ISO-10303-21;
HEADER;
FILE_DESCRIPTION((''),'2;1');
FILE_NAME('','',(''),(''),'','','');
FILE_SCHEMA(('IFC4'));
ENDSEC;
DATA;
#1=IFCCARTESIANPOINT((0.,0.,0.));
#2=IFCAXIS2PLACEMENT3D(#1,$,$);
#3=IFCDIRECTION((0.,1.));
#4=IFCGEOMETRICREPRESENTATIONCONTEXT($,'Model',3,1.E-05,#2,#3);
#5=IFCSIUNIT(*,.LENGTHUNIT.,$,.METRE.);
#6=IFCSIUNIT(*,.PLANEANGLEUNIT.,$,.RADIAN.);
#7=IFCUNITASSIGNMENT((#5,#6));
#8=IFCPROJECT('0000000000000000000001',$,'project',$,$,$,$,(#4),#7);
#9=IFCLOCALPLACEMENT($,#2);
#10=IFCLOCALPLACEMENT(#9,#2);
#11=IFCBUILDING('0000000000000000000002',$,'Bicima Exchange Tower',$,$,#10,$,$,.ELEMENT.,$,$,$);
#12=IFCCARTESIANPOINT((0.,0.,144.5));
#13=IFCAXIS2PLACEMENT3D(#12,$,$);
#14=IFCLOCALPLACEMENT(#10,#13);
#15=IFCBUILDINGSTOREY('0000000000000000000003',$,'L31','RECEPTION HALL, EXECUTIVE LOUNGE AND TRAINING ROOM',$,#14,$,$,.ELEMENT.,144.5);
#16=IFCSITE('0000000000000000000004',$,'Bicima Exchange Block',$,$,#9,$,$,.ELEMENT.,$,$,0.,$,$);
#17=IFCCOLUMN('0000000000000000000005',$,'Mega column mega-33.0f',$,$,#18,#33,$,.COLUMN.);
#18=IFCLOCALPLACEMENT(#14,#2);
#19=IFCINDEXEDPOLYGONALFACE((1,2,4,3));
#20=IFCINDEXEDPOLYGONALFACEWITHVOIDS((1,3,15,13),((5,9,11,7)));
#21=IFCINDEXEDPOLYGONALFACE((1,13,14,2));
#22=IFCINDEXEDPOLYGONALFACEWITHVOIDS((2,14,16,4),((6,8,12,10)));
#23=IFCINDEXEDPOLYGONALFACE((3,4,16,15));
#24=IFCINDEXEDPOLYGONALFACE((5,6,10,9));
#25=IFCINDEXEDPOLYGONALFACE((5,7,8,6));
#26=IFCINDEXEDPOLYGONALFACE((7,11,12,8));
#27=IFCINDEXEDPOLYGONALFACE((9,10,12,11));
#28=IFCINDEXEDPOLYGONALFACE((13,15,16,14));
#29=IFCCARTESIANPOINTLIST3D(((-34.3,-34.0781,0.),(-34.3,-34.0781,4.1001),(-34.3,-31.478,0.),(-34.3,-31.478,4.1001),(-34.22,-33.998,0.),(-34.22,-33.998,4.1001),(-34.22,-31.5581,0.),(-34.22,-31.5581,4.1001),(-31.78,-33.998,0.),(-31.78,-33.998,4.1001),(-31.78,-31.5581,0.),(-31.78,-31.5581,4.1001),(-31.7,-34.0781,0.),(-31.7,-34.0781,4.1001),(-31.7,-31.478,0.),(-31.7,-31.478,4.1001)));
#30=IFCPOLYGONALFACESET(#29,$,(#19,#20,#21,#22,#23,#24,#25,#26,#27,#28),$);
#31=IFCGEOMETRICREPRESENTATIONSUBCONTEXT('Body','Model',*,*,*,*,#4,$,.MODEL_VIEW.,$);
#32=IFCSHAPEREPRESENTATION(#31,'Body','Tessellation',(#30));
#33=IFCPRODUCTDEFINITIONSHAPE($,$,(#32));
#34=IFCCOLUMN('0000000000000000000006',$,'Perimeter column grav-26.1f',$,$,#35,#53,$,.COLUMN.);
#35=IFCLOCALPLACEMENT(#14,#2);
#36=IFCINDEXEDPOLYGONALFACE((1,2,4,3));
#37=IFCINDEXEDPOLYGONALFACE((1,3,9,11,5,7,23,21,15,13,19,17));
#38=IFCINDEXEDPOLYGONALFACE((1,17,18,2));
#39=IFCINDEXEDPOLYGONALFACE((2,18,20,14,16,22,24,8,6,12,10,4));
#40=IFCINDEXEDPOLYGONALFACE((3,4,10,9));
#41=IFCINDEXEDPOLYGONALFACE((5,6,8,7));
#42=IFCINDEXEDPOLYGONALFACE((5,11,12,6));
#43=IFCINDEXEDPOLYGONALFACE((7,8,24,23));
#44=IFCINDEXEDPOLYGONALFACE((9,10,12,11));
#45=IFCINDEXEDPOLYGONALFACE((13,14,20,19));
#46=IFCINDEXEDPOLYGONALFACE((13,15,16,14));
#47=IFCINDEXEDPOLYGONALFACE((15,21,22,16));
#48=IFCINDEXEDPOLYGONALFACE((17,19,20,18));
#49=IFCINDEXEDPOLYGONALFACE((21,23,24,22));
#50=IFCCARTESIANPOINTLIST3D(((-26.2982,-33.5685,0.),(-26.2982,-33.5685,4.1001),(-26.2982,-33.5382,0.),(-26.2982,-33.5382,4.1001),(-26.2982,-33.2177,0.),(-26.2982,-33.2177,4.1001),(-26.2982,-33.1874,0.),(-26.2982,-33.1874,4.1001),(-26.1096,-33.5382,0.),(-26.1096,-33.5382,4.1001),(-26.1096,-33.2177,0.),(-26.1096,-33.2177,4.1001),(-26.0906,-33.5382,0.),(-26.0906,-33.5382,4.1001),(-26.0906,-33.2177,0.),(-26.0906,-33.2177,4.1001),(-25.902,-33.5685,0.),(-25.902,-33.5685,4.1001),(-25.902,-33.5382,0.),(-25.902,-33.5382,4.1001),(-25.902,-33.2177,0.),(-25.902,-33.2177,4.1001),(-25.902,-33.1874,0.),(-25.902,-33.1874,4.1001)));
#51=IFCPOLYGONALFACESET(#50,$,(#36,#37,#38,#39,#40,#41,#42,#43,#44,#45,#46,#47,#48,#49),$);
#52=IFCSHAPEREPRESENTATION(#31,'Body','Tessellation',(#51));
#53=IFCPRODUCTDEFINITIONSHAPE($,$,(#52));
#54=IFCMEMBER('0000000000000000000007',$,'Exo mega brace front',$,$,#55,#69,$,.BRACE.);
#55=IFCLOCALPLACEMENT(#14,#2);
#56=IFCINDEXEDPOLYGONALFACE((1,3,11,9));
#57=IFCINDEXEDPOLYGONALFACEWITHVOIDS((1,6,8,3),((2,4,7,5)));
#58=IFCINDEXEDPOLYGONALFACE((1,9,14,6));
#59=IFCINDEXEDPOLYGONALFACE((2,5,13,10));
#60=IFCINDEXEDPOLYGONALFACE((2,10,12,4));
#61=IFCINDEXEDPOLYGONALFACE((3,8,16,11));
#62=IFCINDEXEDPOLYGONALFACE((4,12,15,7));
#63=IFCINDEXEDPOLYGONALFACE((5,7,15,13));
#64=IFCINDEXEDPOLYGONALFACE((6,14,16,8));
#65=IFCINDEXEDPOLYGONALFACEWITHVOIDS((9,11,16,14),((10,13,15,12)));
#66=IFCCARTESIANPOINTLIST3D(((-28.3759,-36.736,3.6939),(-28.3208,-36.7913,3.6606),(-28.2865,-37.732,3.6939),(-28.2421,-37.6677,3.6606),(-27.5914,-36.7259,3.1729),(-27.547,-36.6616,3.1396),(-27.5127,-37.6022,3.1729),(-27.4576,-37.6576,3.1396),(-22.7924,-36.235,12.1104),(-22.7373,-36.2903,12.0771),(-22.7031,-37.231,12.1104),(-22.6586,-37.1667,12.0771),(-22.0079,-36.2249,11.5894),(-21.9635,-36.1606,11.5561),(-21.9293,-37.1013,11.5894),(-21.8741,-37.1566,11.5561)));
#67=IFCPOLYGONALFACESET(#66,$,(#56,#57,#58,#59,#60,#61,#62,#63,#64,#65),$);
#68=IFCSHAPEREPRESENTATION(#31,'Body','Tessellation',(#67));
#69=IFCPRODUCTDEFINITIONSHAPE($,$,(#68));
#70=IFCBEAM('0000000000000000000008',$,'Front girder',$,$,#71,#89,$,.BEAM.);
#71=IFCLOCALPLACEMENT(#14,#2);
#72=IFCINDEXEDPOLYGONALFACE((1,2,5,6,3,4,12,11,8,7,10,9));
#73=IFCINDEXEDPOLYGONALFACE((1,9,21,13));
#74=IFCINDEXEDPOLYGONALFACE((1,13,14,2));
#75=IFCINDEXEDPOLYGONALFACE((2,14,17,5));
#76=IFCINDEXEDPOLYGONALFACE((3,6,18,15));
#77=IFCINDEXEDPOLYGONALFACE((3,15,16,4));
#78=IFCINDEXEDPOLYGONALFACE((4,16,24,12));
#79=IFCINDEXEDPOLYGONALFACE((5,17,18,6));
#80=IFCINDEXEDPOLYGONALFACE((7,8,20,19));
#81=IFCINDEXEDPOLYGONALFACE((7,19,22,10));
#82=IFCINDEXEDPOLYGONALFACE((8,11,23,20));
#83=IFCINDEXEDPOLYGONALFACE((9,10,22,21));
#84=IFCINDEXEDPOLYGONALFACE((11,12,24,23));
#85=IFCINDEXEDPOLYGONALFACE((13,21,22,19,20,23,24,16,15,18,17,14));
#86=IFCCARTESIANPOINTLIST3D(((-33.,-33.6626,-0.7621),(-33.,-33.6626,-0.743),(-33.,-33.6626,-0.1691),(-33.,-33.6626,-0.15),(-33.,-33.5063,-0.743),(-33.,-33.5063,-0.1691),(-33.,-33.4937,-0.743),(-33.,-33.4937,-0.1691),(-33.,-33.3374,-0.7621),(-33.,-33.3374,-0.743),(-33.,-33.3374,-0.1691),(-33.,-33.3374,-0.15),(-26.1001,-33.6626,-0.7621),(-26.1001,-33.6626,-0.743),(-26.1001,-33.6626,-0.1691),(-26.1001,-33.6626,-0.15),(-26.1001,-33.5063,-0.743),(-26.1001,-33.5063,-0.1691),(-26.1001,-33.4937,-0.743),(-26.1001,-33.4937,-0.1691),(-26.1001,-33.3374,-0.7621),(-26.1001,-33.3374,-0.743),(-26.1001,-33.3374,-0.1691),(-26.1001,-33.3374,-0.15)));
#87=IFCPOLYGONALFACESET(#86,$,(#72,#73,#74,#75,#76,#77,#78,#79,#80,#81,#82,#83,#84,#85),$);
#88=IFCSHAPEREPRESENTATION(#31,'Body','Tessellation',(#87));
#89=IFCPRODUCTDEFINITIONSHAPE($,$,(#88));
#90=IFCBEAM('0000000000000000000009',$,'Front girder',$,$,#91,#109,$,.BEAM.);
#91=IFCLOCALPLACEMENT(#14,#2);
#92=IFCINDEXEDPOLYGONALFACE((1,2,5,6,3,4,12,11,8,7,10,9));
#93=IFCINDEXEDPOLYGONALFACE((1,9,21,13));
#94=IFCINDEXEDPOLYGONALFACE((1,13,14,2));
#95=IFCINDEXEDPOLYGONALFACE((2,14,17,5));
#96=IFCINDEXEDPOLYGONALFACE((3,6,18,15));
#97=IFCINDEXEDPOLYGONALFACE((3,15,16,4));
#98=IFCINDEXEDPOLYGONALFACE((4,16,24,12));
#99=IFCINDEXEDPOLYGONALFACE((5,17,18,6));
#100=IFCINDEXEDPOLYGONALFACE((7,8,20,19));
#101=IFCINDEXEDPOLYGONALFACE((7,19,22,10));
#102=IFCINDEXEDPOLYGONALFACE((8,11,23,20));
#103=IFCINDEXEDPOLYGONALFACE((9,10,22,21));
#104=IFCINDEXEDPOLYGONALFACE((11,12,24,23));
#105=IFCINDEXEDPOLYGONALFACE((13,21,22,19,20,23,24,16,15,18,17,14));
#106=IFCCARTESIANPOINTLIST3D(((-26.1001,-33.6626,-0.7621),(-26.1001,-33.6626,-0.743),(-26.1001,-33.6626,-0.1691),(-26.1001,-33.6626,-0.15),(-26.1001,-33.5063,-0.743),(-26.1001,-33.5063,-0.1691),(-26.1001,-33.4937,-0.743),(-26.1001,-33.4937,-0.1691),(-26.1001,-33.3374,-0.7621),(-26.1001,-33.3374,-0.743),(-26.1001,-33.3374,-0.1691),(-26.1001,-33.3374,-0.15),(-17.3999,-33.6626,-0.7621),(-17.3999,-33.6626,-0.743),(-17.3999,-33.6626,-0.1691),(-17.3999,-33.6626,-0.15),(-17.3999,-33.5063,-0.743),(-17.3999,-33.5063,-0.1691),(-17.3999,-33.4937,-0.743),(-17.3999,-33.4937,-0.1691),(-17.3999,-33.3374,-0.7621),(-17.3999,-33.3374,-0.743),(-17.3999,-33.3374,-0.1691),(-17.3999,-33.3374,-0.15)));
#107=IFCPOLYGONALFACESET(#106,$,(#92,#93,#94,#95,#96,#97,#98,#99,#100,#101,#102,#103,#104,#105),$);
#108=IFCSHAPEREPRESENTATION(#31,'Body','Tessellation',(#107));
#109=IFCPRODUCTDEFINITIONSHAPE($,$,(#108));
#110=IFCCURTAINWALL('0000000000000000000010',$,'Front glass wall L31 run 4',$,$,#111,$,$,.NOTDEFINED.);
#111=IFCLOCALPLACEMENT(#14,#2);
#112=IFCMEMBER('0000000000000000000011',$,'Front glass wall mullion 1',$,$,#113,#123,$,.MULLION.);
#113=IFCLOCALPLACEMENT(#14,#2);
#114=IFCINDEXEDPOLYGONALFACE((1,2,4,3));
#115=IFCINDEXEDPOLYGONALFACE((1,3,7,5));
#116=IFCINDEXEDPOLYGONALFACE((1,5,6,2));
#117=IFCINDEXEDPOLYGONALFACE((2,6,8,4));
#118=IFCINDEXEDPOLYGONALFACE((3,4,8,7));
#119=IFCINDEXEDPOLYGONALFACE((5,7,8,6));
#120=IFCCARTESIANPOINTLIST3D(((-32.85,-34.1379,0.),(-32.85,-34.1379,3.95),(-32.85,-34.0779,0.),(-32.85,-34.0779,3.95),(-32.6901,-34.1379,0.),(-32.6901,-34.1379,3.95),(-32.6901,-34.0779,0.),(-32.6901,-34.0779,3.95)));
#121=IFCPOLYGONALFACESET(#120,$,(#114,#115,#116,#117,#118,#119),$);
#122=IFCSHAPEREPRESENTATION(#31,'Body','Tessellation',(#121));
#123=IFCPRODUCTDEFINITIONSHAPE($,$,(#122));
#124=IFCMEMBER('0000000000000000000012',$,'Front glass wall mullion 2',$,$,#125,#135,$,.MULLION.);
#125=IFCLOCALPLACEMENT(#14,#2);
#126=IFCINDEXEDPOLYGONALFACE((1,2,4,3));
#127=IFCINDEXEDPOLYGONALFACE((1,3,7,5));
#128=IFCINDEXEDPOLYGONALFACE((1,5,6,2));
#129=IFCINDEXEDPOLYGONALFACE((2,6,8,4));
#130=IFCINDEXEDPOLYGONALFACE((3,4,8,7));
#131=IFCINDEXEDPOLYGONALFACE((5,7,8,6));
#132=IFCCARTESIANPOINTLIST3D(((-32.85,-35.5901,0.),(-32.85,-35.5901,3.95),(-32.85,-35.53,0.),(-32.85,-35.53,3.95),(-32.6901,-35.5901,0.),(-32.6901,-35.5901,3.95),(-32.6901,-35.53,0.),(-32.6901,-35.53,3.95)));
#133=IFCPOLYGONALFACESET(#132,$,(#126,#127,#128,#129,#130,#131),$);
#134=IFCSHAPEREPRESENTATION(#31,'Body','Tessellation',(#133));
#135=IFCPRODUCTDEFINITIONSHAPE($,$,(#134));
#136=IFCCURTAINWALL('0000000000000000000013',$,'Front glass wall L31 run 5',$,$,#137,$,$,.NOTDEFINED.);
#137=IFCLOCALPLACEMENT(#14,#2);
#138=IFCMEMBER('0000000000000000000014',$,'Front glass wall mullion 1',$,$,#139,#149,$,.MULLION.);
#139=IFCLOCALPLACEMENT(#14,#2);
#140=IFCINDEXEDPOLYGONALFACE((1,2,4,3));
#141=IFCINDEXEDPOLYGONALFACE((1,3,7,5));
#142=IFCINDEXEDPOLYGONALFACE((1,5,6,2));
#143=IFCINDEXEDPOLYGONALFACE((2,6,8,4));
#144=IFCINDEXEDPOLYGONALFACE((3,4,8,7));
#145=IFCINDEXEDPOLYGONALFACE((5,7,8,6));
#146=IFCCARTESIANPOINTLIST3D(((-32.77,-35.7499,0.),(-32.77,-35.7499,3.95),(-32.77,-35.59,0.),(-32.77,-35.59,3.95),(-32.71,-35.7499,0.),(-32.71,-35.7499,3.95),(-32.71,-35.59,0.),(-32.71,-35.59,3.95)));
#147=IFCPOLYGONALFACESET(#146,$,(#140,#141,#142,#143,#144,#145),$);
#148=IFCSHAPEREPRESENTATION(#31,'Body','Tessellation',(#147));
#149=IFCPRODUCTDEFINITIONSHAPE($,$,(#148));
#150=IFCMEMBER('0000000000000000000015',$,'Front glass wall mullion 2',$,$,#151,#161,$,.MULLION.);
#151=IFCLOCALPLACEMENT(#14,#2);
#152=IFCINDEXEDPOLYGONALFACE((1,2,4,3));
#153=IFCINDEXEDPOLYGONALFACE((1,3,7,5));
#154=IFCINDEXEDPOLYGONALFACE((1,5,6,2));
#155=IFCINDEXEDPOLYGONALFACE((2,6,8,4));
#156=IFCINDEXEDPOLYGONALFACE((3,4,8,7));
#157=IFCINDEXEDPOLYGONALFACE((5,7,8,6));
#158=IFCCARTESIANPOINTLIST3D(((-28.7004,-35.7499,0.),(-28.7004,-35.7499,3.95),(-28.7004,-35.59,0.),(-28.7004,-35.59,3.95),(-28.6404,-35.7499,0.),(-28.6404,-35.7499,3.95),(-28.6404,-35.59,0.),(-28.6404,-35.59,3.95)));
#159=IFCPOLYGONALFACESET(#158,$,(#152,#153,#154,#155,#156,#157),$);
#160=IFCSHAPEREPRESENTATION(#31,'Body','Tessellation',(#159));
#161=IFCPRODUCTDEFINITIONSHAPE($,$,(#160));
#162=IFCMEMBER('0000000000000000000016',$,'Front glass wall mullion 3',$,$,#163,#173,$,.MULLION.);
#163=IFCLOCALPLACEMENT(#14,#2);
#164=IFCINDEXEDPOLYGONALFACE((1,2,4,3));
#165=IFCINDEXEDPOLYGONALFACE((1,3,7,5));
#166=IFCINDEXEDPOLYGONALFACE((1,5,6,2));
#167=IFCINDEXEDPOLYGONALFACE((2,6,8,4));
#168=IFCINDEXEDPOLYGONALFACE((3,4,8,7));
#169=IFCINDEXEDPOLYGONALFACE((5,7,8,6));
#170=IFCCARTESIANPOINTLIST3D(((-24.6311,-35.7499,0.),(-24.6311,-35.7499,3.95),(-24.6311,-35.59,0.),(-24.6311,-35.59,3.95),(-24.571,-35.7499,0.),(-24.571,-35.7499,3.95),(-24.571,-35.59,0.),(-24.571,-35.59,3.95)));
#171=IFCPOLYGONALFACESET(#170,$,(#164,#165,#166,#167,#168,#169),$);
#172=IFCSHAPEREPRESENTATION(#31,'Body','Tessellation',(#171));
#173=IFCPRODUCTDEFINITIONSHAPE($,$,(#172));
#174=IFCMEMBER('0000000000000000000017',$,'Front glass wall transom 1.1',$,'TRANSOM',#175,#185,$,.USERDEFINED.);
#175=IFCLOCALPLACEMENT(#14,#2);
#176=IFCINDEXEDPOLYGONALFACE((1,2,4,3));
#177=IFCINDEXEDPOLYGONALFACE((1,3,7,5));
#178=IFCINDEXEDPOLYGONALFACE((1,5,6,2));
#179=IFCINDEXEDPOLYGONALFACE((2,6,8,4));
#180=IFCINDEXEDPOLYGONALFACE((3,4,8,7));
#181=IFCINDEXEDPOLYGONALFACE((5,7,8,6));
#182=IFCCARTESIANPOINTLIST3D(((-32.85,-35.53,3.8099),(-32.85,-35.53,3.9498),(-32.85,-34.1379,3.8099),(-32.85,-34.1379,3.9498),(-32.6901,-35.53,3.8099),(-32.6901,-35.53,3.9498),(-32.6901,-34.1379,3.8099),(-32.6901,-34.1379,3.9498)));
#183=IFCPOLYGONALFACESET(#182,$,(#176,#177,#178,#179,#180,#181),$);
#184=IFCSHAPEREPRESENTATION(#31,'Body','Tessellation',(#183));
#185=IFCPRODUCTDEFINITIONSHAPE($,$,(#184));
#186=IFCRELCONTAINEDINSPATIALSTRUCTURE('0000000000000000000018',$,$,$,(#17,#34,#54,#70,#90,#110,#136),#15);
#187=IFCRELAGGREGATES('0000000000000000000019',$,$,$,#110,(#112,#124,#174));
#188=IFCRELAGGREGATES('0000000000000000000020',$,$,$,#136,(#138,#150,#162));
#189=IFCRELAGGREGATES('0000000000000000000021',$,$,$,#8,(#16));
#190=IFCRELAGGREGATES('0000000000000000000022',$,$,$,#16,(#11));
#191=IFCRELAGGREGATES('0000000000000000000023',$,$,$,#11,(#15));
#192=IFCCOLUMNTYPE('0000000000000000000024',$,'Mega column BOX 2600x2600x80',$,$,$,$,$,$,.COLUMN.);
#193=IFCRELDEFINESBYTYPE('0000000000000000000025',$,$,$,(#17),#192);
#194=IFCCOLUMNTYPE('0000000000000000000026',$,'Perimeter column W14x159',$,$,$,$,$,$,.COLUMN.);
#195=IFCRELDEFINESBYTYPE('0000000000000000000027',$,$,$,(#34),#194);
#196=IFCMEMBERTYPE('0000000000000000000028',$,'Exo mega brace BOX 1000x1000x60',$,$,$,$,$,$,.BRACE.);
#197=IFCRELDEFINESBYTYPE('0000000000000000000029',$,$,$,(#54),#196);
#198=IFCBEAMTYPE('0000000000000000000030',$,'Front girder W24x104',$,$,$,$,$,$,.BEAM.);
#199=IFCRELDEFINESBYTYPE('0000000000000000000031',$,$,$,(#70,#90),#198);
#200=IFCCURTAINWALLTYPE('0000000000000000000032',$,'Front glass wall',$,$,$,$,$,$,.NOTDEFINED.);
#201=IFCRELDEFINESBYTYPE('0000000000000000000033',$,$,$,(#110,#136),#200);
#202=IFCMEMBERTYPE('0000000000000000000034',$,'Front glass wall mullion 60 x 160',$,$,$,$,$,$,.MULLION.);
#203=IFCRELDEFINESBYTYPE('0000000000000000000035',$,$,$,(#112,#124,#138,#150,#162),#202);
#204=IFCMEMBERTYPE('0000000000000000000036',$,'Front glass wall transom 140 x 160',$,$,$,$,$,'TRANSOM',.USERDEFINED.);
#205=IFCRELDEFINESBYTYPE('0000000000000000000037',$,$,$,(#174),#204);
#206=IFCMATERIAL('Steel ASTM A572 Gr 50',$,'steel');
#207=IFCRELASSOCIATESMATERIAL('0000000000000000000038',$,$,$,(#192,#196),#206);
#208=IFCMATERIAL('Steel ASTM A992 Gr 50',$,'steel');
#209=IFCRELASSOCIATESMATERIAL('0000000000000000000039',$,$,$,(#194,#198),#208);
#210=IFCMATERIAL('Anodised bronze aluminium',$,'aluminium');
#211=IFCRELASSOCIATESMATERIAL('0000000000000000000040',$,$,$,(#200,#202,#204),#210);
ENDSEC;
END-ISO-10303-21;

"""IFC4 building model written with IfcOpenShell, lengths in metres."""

from ifc_helpers import new_model, si_unit, direction, frame, origin, origin_2d, place, context, subcontext, project, spatial, rectangle, hollow_rectangle, i_section, extrude, material, material_profile, profile_set, type_object, element, aggregate, save


model = new_model("IFC4")

# Units and contexts
model_context = context("Model", 3, precision=1e-05, world=origin(), true_north=direction((0.0, 1.0)))
body_context = subcontext(model_context, "Body", "Model", "MODEL_VIEW")
ifc_project = project(units=[si_unit("LENGTHUNIT", "METRE"), si_unit("PLANEANGLEUNIT", "RADIAN")], contexts=[model_context])

# Site, building, storey
site_placement = place(None, origin())
site = spatial("IfcSite", under=ifc_project, at=site_placement, Name="Bicima Exchange Block", CompositionType="ELEMENT", RefElevation=0.0)
building_placement = place(site_placement, origin())
building = spatial("IfcBuilding", under=site, at=building_placement, Name="Bicima Exchange Tower", CompositionType="ELEMENT")
storey_placement = place(building_placement, frame((0.0, 0.0, 144.5)))
storey = spatial("IfcBuildingStorey", under=building, at=storey_placement, Name="L31", Description="RECEPTION HALL, EXECUTIVE LOUNGE AND TRAINING ROOM", CompositionType="ELEMENT", Elevation=144.5)

# Columns
ifc_material_1 = material(Name="Steel ASTM A572 Gr 50", Category="steel")
ifc_material_profile_1 = material_profile(ifc_material_1, hollow_rectangle(XDim=2.6001, YDim=2.6001, WallThickness=0.0801, at=origin_2d()))
ifc_profile_set_1 = profile_set([ifc_material_profile_1], Name="Steel ASTM A572 Gr 50")
column_type_1 = type_object("IfcColumnType", Name="Mega column BOX 2600x2600x80", PredefinedType="COLUMN", material=ifc_profile_set_1)
column_1_placement = place(storey_placement, frame((-33.0, -32.7781, 0.0), z_axis=(0.0, 0.0, 1.0), x_axis=(1.0, 0.0, 0.0)))
element("IfcColumn", 1, at=column_1_placement, inside=storey, type_object=column_type_1, Name="Mega column mega-33.0f", PredefinedType="COLUMN", context=body_context, shape_type="SweptSolid", body=[
    extrude(hollow_rectangle(XDim=2.6001, YDim=2.6001, WallThickness=0.0801, at=origin_2d()), origin(), (0.0, 0.0, 1.0), 4.1001),
])
ifc_material_2 = material(Name="Steel ASTM A992 Gr 50", Category="steel")
ifc_material_profile_2 = material_profile(ifc_material_2, i_section(OverallWidth=0.3962, OverallDepth=0.3811, WebThickness=0.019, FlangeThickness=0.0303, at=origin_2d()))
ifc_profile_set_2 = profile_set([ifc_material_profile_2], Name="Steel ASTM A992 Gr 50")
column_type_2 = type_object("IfcColumnType", Name="Perimeter column W14x159", PredefinedType="COLUMN", material=ifc_profile_set_2)
column_2_placement = place(storey_placement, frame((-26.1001, -33.3779, 0.0), z_axis=(0.0, 0.0, 1.0), x_axis=(1.0, 0.0, 0.0)))
element("IfcColumn", 2, at=column_2_placement, inside=storey, type_object=column_type_2, Name="Perimeter column grav-26.1f", PredefinedType="COLUMN", context=body_context, shape_type="SweptSolid", body=[
    extrude(i_section(OverallWidth=0.3962, OverallDepth=0.3811, WebThickness=0.019, FlangeThickness=0.0303, at=origin_2d()), origin(), (0.0, 0.0, 1.0), 4.1001),
])

# Member
ifc_material_profile_3 = material_profile(ifc_material_1, hollow_rectangle(XDim=1.0, YDim=1.0, WallThickness=0.0601, at=origin_2d()))
ifc_profile_set_3 = profile_set([ifc_material_profile_3], Name="Steel ASTM A572 Gr 50")
member_type_1 = type_object("IfcMemberType", Name="Exo mega brace BOX 1000x1000x60", PredefinedType="BRACE", material=ifc_profile_set_3)
member_1_placement = place(storey_placement, frame((-27.9167, -37.1968, 3.4167), z_axis=(0.552135, 0.04954, 0.832282), x_axis=(-0.089366, 0.995999, 0.0)))
element("IfcMember", 3, at=member_1_placement, inside=storey, type_object=member_type_1, Name="Exo mega brace front", PredefinedType="BRACE", context=body_context, shape_type="SweptSolid", body=[
    extrude(hollow_rectangle(XDim=1.0, YDim=1.0, WallThickness=0.0601, at=origin_2d()), origin(), (0.0, 0.0, 1.0), 10.1125),
])

# Beams
ifc_material_profile_4 = material_profile(ifc_material_2, i_section(OverallWidth=0.3252, OverallDepth=0.6121, WebThickness=0.0127, FlangeThickness=0.019, at=origin_2d()))
ifc_profile_set_4 = profile_set([ifc_material_profile_4], Name="Steel ASTM A992 Gr 50")
beam_type = type_object("IfcBeamType", Name="Front girder W24x104", PredefinedType="BEAM", material=ifc_profile_set_4)
beam_1_placement = place(storey_placement, frame((-33.0, -33.5, -0.4561), z_axis=(1.0, 0.0, 0.0), x_axis=(0.0, 1.0, 0.0)))
element("IfcBeam", 4, at=beam_1_placement, inside=storey, type_object=beam_type, Name="Front girder", PredefinedType="BEAM", context=body_context, shape_type="SweptSolid", body=[
    extrude(i_section(OverallWidth=0.3252, OverallDepth=0.6121, WebThickness=0.0127, FlangeThickness=0.019, at=origin_2d()), origin(), (0.0, 0.0, 1.0), 6.8999),
])
beam_2_placement = place(storey_placement, frame((-26.1001, -33.5, -0.4561), z_axis=(1.0, 0.0, 0.0), x_axis=(0.0, 1.0, 0.0)))
element("IfcBeam", 5, at=beam_2_placement, inside=storey, type_object=beam_type, Name="Front girder", PredefinedType="BEAM", context=body_context, shape_type="SweptSolid", body=[
    extrude(i_section(OverallWidth=0.3252, OverallDepth=0.6121, WebThickness=0.0127, FlangeThickness=0.019, at=origin_2d()), origin(), (0.0, 0.0, 1.0), 8.7002),
])

# Curtain walls, members
ifc_material_3 = material(Name="Anodised bronze aluminium", Category="aluminium")
curtain_wall_type = type_object("IfcCurtainWallType", Name="Front glass wall", PredefinedType="NOTDEFINED", material=ifc_material_3)
curtain_wall_1_placement = place(storey_placement, origin())
curtain_wall_1 = element("IfcCurtainWall", 6, at=curtain_wall_1_placement, inside=storey, type_object=curtain_wall_type, Name="Front glass wall L31 run 4", PredefinedType="NOTDEFINED")
ifc_material_profile_5 = material_profile(ifc_material_3, rectangle(XDim=0.1599, YDim=0.0601, at=origin_2d()))
ifc_profile_set_5 = profile_set([ifc_material_profile_5], Name="Anodised bronze aluminium")
member_type_2 = type_object("IfcMemberType", Name="Front glass wall mullion 60 x 160", PredefinedType="MULLION", material=ifc_profile_set_5)
member_2_placement = place(storey_placement, frame((-32.77, -34.1079, 0.0), z_axis=(0.0, 0.0, 1.0), x_axis=(1.0, 0.0, 0.0)))
member_2 = element("IfcMember", 7, at=member_2_placement, type_object=member_type_2, Name="Front glass wall mullion 1", PredefinedType="MULLION", context=body_context, shape_type="SweptSolid", body=[
    extrude(rectangle(XDim=0.1599, YDim=0.0601, at=origin_2d()), origin(), (0.0, 0.0, 1.0), 3.95),
])
member_3_placement = place(storey_placement, frame((-32.77, -35.5601, 0.0), z_axis=(0.0, 0.0, 1.0), x_axis=(1.0, 0.0, 0.0)))
member_3 = element("IfcMember", 8, at=member_3_placement, type_object=member_type_2, Name="Front glass wall mullion 2", PredefinedType="MULLION", context=body_context, shape_type="SweptSolid", body=[
    extrude(rectangle(XDim=0.1599, YDim=0.0601, at=origin_2d()), origin(), (0.0, 0.0, 1.0), 3.95),
])
curtain_wall_2_placement = place(storey_placement, origin())
curtain_wall_2 = element("IfcCurtainWall", 9, at=curtain_wall_2_placement, inside=storey, type_object=curtain_wall_type, Name="Front glass wall L31 run 5", PredefinedType="NOTDEFINED")
member_4_placement = place(storey_placement, frame((-32.74, -35.6699, 0.0), z_axis=(0.0, 0.0, 1.0), x_axis=(0.0, 1.0, 0.0)))
member_4 = element("IfcMember", 10, at=member_4_placement, type_object=member_type_2, Name="Front glass wall mullion 1", PredefinedType="MULLION", context=body_context, shape_type="SweptSolid", body=[
    extrude(rectangle(XDim=0.1599, YDim=0.0601, at=origin_2d()), origin(), (0.0, 0.0, 1.0), 3.95),
])
member_5_placement = place(storey_placement, frame((-28.6704, -35.6699, 0.0), z_axis=(0.0, 0.0, 1.0), x_axis=(0.0, 1.0, 0.0)))
member_5 = element("IfcMember", 11, at=member_5_placement, type_object=member_type_2, Name="Front glass wall mullion 2", PredefinedType="MULLION", context=body_context, shape_type="SweptSolid", body=[
    extrude(rectangle(XDim=0.1599, YDim=0.0601, at=origin_2d()), origin(), (0.0, 0.0, 1.0), 3.95),
])
member_6_placement = place(storey_placement, frame((-24.6011, -35.6699, 0.0), z_axis=(0.0, 0.0, 1.0), x_axis=(0.0, 1.0, 0.0)))
member_6 = element("IfcMember", 12, at=member_6_placement, type_object=member_type_2, Name="Front glass wall mullion 3", PredefinedType="MULLION", context=body_context, shape_type="SweptSolid", body=[
    extrude(rectangle(XDim=0.1599, YDim=0.0601, at=origin_2d()), origin(), (0.0, 0.0, 1.0), 3.95),
])

# Member
ifc_material_profile_6 = material_profile(ifc_material_3, rectangle(XDim=0.1599, YDim=0.1399, at=origin_2d()))
ifc_profile_set_6 = profile_set([ifc_material_profile_6], Name="Anodised bronze aluminium")
member_type_3 = type_object("IfcMemberType", Name="Front glass wall transom 140 x 160", ElementType="TRANSOM", PredefinedType="USERDEFINED", material=ifc_profile_set_6)
member_7_placement = place(storey_placement, frame((-32.77, -34.1379, 3.8799), z_axis=(0.0, -1.0, 0.0), x_axis=(1.0, 0.0, 0.0)))
member_7 = element("IfcMember", 13, at=member_7_placement, type_object=member_type_3, Name="Front glass wall transom 1.1", ObjectType="TRANSOM", PredefinedType="USERDEFINED", context=body_context, shape_type="SweptSolid", body=[
    extrude(rectangle(XDim=0.1599, YDim=0.1399, at=origin_2d()), origin(), (0.0, 0.0, 1.0), 1.3921),
])

aggregate(curtain_wall_1, [member_2, member_3, member_7])
aggregate(curtain_wall_2, [member_4, member_5, member_6])

save(model, "model.ifc")
